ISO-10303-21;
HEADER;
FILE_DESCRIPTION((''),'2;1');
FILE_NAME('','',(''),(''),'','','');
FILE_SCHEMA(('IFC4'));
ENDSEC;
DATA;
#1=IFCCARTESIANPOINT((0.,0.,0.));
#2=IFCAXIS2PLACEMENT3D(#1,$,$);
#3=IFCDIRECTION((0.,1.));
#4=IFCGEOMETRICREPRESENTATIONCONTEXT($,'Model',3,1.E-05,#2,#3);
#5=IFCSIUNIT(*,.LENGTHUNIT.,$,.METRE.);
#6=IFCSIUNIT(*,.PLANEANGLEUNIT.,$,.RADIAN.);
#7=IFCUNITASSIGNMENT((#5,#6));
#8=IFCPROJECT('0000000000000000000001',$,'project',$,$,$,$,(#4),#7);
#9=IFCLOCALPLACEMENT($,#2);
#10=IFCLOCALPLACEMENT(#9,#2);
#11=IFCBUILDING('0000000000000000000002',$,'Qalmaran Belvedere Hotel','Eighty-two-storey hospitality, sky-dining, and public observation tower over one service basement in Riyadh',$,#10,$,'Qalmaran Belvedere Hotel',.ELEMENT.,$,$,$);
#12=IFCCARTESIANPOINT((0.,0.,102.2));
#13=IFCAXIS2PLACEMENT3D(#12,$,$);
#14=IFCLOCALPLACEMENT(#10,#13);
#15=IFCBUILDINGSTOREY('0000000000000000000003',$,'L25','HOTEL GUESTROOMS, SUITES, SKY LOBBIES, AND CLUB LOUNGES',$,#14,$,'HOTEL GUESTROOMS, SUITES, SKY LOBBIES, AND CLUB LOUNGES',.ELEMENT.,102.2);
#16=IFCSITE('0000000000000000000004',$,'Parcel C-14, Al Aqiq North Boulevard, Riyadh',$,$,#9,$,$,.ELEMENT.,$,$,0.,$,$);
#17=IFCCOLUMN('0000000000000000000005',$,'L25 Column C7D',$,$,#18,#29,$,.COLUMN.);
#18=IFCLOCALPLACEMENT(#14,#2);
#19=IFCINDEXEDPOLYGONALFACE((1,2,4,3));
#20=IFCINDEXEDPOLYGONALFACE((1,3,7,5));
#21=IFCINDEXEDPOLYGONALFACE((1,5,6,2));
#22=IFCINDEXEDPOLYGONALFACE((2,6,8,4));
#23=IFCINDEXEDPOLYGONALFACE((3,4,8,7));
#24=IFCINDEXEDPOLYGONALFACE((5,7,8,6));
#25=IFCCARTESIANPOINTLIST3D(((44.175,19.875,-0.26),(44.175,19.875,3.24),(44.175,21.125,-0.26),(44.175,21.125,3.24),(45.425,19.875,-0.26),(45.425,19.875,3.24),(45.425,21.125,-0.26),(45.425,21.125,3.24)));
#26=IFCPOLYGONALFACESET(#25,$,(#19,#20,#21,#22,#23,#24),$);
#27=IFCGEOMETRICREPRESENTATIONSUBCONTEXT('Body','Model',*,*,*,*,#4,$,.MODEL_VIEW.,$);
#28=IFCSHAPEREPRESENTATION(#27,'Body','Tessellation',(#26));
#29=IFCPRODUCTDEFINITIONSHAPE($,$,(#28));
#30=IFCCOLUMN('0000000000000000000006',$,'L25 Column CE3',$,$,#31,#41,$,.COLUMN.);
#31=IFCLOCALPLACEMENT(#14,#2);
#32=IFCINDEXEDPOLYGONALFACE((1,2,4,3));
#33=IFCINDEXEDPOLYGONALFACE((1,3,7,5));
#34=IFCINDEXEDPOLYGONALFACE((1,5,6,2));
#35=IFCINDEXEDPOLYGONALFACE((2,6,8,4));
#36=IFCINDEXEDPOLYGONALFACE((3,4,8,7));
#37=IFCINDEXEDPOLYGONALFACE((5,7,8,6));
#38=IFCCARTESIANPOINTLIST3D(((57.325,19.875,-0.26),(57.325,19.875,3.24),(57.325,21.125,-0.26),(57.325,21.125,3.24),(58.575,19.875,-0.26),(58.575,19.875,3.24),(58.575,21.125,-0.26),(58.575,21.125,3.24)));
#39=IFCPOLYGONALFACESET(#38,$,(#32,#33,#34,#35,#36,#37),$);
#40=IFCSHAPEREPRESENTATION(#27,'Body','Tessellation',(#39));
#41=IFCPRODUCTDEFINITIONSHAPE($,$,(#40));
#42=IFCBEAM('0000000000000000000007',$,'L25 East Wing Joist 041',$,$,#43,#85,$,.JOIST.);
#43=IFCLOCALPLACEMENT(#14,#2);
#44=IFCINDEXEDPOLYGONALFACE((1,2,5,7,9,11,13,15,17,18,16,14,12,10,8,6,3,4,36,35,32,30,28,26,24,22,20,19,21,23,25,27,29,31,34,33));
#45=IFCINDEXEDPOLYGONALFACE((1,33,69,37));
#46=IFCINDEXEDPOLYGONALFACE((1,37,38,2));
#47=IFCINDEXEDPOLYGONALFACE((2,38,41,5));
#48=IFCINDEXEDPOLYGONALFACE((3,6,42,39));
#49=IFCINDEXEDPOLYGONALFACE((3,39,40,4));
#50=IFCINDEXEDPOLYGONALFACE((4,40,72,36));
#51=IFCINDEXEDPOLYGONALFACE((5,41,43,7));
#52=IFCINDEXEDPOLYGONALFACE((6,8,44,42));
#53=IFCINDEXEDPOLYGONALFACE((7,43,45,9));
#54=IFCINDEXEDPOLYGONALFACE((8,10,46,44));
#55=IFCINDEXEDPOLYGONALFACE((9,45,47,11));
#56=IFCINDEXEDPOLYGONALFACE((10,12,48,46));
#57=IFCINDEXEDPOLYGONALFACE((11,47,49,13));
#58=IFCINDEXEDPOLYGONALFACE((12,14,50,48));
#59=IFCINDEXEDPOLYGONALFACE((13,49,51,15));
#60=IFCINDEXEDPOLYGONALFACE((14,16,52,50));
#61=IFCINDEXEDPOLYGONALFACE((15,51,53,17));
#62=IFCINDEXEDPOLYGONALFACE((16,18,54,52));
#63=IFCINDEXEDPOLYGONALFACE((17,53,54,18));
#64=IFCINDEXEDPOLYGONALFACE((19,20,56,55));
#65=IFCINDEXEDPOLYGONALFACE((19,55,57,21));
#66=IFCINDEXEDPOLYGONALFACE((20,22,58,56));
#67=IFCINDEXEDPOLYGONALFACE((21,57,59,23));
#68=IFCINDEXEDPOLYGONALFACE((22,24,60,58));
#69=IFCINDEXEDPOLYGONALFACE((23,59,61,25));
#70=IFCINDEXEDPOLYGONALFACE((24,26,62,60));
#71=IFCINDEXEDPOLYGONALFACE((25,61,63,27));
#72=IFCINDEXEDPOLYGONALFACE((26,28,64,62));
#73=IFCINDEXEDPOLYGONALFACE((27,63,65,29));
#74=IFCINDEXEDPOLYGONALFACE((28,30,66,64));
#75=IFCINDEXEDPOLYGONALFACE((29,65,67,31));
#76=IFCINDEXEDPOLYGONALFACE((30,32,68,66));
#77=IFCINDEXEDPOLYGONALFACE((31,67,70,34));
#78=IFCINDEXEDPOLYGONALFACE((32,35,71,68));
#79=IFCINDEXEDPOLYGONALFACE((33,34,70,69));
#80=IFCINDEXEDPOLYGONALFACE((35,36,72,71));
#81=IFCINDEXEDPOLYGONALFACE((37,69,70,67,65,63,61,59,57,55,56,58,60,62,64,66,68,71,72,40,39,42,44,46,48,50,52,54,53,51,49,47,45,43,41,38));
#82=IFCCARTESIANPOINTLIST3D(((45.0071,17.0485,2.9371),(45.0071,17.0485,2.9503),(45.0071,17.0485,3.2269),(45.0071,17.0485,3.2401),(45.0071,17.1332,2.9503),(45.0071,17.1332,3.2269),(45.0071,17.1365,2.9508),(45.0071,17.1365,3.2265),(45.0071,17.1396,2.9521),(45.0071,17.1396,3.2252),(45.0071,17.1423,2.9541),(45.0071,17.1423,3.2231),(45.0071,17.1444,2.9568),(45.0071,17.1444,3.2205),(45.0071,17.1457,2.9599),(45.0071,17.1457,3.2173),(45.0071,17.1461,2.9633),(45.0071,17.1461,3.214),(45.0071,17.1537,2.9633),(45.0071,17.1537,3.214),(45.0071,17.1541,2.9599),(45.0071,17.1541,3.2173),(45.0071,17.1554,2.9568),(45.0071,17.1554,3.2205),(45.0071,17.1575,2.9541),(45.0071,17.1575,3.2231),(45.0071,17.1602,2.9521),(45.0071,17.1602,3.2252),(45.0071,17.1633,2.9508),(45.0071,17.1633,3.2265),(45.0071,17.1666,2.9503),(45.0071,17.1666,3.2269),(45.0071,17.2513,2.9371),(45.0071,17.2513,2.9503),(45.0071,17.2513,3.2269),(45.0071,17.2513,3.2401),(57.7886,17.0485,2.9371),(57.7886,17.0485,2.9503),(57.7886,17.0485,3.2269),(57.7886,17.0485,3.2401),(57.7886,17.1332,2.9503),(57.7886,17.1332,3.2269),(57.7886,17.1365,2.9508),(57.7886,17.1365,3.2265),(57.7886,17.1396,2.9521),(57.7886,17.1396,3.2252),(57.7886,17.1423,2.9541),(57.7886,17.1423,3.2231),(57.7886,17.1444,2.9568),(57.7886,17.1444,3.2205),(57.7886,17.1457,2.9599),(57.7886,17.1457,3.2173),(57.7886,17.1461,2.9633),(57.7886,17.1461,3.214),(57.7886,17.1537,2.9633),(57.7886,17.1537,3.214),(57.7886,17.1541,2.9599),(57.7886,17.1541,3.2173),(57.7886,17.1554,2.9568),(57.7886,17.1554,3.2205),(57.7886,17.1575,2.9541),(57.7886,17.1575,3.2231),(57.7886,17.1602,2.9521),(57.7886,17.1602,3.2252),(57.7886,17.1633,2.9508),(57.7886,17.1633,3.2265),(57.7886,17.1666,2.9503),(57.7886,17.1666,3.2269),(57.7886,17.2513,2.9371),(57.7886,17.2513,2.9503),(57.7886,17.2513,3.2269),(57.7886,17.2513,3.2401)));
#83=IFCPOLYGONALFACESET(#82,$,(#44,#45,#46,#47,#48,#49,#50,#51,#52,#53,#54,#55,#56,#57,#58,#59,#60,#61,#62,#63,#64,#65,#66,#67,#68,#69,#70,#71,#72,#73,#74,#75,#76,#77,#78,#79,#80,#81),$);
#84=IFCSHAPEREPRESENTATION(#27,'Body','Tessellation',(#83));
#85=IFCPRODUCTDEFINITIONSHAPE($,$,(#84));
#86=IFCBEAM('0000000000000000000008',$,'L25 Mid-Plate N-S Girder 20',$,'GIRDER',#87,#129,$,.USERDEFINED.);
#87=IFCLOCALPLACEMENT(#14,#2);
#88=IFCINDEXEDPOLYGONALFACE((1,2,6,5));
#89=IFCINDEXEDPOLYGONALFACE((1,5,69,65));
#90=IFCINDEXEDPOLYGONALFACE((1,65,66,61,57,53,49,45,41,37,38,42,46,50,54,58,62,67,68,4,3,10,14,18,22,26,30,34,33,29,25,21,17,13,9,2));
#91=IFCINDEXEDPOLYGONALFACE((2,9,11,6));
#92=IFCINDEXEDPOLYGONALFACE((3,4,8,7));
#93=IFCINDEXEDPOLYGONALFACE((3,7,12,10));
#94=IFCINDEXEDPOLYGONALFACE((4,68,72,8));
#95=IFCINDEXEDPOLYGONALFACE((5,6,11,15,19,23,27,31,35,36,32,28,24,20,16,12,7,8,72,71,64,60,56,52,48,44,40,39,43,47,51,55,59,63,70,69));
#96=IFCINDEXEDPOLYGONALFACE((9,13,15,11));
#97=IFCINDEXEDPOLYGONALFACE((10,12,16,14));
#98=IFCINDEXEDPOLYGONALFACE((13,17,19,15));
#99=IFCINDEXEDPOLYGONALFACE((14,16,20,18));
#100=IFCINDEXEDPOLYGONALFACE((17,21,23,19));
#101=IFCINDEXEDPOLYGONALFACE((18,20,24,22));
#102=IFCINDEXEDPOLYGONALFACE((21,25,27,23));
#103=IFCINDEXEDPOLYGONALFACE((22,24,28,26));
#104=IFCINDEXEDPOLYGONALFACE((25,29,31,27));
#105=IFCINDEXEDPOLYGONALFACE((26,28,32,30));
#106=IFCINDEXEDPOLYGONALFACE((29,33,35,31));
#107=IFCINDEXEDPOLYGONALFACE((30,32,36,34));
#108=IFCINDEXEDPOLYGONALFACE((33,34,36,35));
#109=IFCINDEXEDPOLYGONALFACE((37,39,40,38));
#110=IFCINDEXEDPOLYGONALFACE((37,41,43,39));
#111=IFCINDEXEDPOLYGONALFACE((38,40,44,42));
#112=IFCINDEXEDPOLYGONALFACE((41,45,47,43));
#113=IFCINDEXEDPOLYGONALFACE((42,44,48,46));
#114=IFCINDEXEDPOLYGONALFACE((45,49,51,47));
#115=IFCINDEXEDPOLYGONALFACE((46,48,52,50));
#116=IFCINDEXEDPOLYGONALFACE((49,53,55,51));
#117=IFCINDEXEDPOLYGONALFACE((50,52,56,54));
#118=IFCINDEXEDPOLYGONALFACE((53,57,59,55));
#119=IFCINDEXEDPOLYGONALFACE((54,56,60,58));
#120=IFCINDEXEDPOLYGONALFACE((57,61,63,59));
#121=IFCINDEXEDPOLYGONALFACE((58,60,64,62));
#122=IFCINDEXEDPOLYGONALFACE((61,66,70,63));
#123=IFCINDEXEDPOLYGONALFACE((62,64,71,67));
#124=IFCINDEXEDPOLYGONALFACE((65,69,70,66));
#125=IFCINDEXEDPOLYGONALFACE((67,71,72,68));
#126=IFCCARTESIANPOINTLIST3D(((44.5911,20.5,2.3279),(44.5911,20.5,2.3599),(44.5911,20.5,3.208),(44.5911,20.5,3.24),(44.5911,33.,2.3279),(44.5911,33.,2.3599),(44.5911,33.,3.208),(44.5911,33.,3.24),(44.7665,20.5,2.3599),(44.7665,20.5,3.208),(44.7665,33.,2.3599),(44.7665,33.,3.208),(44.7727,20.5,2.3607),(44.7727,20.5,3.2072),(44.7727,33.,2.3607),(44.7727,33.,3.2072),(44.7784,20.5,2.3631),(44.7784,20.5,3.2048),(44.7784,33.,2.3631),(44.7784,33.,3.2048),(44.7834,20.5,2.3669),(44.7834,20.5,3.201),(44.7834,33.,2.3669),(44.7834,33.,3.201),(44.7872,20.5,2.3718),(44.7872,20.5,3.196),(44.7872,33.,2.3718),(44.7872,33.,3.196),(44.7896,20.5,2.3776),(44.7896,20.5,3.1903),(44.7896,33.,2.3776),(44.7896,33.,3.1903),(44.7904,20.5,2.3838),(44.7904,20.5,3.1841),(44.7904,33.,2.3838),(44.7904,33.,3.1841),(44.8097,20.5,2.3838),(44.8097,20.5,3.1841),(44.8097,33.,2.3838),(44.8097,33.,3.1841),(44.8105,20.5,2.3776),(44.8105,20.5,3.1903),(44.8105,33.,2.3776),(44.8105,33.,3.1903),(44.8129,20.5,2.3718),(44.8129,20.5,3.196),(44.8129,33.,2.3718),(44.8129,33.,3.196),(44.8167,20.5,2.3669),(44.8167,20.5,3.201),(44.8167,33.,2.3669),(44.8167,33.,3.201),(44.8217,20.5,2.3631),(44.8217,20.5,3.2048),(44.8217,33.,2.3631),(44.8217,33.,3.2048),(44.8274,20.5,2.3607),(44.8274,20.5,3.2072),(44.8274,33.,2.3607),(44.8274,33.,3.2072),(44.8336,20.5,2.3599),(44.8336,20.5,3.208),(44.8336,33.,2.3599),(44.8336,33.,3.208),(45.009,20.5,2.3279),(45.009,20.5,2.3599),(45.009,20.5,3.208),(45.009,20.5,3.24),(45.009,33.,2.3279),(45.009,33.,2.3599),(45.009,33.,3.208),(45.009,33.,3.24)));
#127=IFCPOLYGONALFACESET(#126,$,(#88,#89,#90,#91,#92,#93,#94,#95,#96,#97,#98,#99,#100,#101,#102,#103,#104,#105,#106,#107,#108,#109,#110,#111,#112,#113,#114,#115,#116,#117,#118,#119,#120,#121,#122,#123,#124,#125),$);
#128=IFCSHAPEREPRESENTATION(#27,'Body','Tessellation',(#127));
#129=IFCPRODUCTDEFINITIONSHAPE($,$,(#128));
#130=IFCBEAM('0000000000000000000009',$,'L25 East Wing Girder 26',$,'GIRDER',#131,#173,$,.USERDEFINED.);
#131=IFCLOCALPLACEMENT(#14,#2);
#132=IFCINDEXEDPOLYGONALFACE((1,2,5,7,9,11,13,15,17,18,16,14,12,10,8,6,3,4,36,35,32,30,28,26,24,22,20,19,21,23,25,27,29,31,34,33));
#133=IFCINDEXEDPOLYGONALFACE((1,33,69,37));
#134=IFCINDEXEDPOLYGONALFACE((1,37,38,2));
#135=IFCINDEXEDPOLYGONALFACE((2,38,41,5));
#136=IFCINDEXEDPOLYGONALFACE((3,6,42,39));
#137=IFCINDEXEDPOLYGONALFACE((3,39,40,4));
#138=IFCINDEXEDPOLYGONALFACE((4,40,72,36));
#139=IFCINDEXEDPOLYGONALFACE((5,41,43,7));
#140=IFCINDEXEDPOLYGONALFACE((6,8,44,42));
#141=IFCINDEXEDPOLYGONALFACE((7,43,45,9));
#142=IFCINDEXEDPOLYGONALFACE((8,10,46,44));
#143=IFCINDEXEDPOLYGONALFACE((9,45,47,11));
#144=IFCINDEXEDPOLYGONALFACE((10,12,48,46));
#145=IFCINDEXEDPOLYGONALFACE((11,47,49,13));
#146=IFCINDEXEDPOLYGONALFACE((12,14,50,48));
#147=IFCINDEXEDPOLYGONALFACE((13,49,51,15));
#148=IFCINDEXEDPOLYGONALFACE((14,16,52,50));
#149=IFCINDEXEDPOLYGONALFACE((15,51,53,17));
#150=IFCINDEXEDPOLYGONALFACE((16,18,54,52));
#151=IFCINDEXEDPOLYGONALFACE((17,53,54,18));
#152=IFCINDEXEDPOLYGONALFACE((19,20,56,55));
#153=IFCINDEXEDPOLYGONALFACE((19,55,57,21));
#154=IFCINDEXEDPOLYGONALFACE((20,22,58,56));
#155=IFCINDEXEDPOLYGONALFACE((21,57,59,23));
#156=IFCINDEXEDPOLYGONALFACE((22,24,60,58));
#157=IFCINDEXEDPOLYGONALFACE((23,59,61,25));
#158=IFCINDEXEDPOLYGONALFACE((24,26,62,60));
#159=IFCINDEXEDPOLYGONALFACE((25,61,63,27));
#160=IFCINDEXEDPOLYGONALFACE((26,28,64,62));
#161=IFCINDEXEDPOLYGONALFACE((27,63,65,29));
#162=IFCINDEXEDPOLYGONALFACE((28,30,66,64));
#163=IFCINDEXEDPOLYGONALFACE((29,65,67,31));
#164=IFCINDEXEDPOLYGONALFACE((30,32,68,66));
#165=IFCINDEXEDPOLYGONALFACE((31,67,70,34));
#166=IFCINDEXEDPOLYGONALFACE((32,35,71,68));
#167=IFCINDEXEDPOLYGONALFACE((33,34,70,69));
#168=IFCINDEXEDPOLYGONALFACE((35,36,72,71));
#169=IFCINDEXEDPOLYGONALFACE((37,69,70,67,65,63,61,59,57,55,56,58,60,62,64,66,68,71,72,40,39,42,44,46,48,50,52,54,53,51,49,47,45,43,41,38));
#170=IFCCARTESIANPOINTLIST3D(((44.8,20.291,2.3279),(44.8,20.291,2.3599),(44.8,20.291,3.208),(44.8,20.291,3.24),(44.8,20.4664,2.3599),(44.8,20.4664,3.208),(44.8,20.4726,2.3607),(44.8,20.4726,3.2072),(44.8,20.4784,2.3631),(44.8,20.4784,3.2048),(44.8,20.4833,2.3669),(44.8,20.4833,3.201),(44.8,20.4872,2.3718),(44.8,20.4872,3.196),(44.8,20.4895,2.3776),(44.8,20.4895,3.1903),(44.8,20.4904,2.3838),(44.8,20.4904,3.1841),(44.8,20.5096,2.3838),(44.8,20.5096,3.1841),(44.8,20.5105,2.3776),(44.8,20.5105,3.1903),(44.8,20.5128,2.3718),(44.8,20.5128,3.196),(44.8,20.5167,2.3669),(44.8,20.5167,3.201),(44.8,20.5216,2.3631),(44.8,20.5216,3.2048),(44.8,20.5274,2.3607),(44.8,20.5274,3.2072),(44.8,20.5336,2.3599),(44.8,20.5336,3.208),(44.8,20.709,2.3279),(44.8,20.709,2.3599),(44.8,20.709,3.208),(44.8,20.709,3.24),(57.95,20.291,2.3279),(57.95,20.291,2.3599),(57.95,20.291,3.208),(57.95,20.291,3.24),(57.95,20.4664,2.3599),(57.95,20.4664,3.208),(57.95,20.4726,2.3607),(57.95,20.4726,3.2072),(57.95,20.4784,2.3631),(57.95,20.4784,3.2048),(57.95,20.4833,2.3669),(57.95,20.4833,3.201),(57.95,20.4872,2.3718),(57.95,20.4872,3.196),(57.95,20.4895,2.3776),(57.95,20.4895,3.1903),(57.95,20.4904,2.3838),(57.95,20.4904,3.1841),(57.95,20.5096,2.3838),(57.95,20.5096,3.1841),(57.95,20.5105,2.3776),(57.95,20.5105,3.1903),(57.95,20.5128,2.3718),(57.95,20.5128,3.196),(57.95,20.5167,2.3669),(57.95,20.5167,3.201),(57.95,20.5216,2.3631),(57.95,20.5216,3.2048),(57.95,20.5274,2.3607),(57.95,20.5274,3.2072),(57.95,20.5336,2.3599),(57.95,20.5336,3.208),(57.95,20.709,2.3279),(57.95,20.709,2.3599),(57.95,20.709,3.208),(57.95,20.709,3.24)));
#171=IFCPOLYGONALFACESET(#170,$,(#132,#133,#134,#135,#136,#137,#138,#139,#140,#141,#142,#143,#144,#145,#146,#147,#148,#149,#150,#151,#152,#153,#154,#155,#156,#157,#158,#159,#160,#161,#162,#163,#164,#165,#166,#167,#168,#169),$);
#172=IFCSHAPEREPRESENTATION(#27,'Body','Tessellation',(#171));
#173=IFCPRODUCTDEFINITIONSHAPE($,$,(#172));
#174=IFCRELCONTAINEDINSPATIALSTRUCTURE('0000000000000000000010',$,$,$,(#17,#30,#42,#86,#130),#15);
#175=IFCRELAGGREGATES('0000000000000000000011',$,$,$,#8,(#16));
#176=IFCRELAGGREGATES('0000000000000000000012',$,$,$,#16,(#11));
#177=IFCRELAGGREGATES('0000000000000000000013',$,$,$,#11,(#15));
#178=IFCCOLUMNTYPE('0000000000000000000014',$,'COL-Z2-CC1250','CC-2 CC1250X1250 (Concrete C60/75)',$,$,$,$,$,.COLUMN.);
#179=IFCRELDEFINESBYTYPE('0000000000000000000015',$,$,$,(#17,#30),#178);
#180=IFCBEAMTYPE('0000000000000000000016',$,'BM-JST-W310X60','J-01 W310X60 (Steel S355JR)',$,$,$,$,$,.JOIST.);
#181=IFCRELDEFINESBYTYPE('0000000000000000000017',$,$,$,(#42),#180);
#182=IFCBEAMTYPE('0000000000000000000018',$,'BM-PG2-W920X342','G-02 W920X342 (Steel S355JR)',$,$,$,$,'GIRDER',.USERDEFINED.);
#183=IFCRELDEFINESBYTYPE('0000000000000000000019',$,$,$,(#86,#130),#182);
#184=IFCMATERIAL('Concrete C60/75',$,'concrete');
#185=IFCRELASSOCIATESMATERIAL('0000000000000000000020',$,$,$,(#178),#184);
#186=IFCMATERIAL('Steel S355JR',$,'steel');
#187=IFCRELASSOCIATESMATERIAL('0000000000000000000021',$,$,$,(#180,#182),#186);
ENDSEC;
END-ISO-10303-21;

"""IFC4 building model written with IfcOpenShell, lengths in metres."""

from ifc_helpers import new_model, si_unit, direction, frame, origin, origin_2d, place, context, subcontext, project, spatial, rectangle, i_section, extrude, material, material_profile, profile_set, type_object, element, save


model = new_model("IFC4")

# Units and contexts
model_context = context("Model", 3, precision=1e-05, world=origin(), true_north=direction((0.0, 1.0)))
body_context = subcontext(model_context, "Body", "Model", "MODEL_VIEW")
ifc_project = project(units=[si_unit("LENGTHUNIT", "METRE"), si_unit("PLANEANGLEUNIT", "RADIAN")], contexts=[model_context])

# Site, building, storey
site_placement = place(None, origin())
site = spatial("IfcSite", under=ifc_project, at=site_placement, Name="Parcel C-14, Al Aqiq North Boulevard, Riyadh", CompositionType="ELEMENT", RefElevation=0.0)
building_placement = place(site_placement, origin())
building = spatial("IfcBuilding", under=site, at=building_placement, Name="Qalmaran Belvedere Hotel", Description="Eighty-two-storey hospitality, sky-dining, and public observation tower over one service basement in Riyadh", LongName="Qalmaran Belvedere Hotel", CompositionType="ELEMENT")
storey_placement = place(building_placement, frame((0.0, 0.0, 102.2)))
storey = spatial("IfcBuildingStorey", under=building, at=storey_placement, Name="L25", Description="HOTEL GUESTROOMS, SUITES, SKY LOBBIES, AND CLUB LOUNGES", LongName="HOTEL GUESTROOMS, SUITES, SKY LOBBIES, AND CLUB LOUNGES", CompositionType="ELEMENT", Elevation=102.2)

# Columns
ifc_material_1 = material(Name="Concrete C60/75", Category="concrete")
ifc_material_profile_1 = material_profile(ifc_material_1, rectangle(XDim=1.25, YDim=1.25, at=origin_2d()), Name="CC1250X1250")
ifc_profile_set_1 = profile_set([ifc_material_profile_1], Name="Concrete C60/75")
column_type = type_object("IfcColumnType", Name="COL-Z2-CC1250", Description="CC-2 CC1250X1250 (Concrete C60/75)", PredefinedType="COLUMN", material=ifc_profile_set_1)
for number, where, z_axis, x_axis, name in (
    (1, (44.8, 20.5, -0.26), (0.0, 0.0, 1.0), (1.0, 0.0, 0.0), "L25 Column C7D"),
    (2, (57.95, 20.5, -0.26), (0.0, 0.0, 1.0), (1.0, 0.0, 0.0), "L25 Column CE3"),
):
    element("IfcColumn", number, at=place(storey_placement, frame(where, z_axis=z_axis, x_axis=x_axis)), inside=storey, type_object=column_type, Name=name, PredefinedType="COLUMN", context=body_context, shape_type="SweptSolid", body=[
        extrude(rectangle(XDim=1.25, YDim=1.25, at=origin_2d()), origin(), (0.0, 0.0, 1.0), 3.5),
    ])

# Beams
ifc_material_2 = material(Name="Steel S355JR", Category="steel")
ifc_material_profile_2 = material_profile(ifc_material_2, i_section(OverallWidth=0.2029, OverallDepth=0.303, WebThickness=0.0076, FlangeThickness=0.0132, FilletRadius=0.0129, at=origin_2d()), Name="W310X60")
ifc_profile_set_2 = profile_set([ifc_material_profile_2], Name="Steel S355JR")
beam_type_1 = type_object("IfcBeamType", Name="BM-JST-W310X60", Description="J-01 W310X60 (Steel S355JR)", PredefinedType="JOIST", material=ifc_profile_set_2)
beam_1_placement = place(storey_placement, frame((45.0071, 17.1499, 3.0886), z_axis=(1.0, 0.0, 0.0), x_axis=(0.0, 1.0, 0.0)))
element("IfcBeam", 3, at=beam_1_placement, inside=storey, type_object=beam_type_1, Name="L25 East Wing Joist 041", PredefinedType="JOIST", context=body_context, shape_type="SweptSolid", body=[
    extrude(i_section(OverallWidth=0.2029, OverallDepth=0.303, WebThickness=0.0076, FlangeThickness=0.0132, FilletRadius=0.0129, at=origin_2d()), origin(), (0.0, 0.0, 1.0), 12.7815),
])
ifc_material_profile_3 = material_profile(ifc_material_2, i_section(OverallWidth=0.418, OverallDepth=0.9121, WebThickness=0.0193, FlangeThickness=0.032, FilletRadius=0.0239, at=origin_2d()), Name="W920X342")
ifc_profile_set_3 = profile_set([ifc_material_profile_3], Name="Steel S355JR")
beam_type_2 = type_object("IfcBeamType", Name="BM-PG2-W920X342", Description="G-02 W920X342 (Steel S355JR)", ElementType="GIRDER", PredefinedType="USERDEFINED", material=ifc_profile_set_3)
beam_2_placement = place(storey_placement, frame((44.8, 20.5, 2.7839), z_axis=(0.0, 1.0, 0.0), x_axis=(-1.0, 0.0, 0.0)))
element("IfcBeam", 4, at=beam_2_placement, inside=storey, type_object=beam_type_2, Name="L25 Mid-Plate N-S Girder 20", ObjectType="GIRDER", PredefinedType="USERDEFINED", context=body_context, shape_type="SweptSolid", body=[
    extrude(i_section(OverallWidth=0.418, OverallDepth=0.9121, WebThickness=0.0193, FlangeThickness=0.032, FilletRadius=0.0239, at=origin_2d()), origin(), (0.0, 0.0, 1.0), 12.5),
])
beam_3_placement = place(storey_placement, frame((44.8, 20.5, 2.7839), z_axis=(1.0, 0.0, 0.0), x_axis=(0.0, 1.0, 0.0)))
element("IfcBeam", 5, at=beam_3_placement, inside=storey, type_object=beam_type_2, Name="L25 East Wing Girder 26", ObjectType="GIRDER", PredefinedType="USERDEFINED", context=body_context, shape_type="SweptSolid", body=[
    extrude(i_section(OverallWidth=0.418, OverallDepth=0.9121, WebThickness=0.0193, FlangeThickness=0.032, FilletRadius=0.0239, at=origin_2d()), origin(), (0.0, 0.0, 1.0), 13.1499),
])

save(model, "model.ifc")
